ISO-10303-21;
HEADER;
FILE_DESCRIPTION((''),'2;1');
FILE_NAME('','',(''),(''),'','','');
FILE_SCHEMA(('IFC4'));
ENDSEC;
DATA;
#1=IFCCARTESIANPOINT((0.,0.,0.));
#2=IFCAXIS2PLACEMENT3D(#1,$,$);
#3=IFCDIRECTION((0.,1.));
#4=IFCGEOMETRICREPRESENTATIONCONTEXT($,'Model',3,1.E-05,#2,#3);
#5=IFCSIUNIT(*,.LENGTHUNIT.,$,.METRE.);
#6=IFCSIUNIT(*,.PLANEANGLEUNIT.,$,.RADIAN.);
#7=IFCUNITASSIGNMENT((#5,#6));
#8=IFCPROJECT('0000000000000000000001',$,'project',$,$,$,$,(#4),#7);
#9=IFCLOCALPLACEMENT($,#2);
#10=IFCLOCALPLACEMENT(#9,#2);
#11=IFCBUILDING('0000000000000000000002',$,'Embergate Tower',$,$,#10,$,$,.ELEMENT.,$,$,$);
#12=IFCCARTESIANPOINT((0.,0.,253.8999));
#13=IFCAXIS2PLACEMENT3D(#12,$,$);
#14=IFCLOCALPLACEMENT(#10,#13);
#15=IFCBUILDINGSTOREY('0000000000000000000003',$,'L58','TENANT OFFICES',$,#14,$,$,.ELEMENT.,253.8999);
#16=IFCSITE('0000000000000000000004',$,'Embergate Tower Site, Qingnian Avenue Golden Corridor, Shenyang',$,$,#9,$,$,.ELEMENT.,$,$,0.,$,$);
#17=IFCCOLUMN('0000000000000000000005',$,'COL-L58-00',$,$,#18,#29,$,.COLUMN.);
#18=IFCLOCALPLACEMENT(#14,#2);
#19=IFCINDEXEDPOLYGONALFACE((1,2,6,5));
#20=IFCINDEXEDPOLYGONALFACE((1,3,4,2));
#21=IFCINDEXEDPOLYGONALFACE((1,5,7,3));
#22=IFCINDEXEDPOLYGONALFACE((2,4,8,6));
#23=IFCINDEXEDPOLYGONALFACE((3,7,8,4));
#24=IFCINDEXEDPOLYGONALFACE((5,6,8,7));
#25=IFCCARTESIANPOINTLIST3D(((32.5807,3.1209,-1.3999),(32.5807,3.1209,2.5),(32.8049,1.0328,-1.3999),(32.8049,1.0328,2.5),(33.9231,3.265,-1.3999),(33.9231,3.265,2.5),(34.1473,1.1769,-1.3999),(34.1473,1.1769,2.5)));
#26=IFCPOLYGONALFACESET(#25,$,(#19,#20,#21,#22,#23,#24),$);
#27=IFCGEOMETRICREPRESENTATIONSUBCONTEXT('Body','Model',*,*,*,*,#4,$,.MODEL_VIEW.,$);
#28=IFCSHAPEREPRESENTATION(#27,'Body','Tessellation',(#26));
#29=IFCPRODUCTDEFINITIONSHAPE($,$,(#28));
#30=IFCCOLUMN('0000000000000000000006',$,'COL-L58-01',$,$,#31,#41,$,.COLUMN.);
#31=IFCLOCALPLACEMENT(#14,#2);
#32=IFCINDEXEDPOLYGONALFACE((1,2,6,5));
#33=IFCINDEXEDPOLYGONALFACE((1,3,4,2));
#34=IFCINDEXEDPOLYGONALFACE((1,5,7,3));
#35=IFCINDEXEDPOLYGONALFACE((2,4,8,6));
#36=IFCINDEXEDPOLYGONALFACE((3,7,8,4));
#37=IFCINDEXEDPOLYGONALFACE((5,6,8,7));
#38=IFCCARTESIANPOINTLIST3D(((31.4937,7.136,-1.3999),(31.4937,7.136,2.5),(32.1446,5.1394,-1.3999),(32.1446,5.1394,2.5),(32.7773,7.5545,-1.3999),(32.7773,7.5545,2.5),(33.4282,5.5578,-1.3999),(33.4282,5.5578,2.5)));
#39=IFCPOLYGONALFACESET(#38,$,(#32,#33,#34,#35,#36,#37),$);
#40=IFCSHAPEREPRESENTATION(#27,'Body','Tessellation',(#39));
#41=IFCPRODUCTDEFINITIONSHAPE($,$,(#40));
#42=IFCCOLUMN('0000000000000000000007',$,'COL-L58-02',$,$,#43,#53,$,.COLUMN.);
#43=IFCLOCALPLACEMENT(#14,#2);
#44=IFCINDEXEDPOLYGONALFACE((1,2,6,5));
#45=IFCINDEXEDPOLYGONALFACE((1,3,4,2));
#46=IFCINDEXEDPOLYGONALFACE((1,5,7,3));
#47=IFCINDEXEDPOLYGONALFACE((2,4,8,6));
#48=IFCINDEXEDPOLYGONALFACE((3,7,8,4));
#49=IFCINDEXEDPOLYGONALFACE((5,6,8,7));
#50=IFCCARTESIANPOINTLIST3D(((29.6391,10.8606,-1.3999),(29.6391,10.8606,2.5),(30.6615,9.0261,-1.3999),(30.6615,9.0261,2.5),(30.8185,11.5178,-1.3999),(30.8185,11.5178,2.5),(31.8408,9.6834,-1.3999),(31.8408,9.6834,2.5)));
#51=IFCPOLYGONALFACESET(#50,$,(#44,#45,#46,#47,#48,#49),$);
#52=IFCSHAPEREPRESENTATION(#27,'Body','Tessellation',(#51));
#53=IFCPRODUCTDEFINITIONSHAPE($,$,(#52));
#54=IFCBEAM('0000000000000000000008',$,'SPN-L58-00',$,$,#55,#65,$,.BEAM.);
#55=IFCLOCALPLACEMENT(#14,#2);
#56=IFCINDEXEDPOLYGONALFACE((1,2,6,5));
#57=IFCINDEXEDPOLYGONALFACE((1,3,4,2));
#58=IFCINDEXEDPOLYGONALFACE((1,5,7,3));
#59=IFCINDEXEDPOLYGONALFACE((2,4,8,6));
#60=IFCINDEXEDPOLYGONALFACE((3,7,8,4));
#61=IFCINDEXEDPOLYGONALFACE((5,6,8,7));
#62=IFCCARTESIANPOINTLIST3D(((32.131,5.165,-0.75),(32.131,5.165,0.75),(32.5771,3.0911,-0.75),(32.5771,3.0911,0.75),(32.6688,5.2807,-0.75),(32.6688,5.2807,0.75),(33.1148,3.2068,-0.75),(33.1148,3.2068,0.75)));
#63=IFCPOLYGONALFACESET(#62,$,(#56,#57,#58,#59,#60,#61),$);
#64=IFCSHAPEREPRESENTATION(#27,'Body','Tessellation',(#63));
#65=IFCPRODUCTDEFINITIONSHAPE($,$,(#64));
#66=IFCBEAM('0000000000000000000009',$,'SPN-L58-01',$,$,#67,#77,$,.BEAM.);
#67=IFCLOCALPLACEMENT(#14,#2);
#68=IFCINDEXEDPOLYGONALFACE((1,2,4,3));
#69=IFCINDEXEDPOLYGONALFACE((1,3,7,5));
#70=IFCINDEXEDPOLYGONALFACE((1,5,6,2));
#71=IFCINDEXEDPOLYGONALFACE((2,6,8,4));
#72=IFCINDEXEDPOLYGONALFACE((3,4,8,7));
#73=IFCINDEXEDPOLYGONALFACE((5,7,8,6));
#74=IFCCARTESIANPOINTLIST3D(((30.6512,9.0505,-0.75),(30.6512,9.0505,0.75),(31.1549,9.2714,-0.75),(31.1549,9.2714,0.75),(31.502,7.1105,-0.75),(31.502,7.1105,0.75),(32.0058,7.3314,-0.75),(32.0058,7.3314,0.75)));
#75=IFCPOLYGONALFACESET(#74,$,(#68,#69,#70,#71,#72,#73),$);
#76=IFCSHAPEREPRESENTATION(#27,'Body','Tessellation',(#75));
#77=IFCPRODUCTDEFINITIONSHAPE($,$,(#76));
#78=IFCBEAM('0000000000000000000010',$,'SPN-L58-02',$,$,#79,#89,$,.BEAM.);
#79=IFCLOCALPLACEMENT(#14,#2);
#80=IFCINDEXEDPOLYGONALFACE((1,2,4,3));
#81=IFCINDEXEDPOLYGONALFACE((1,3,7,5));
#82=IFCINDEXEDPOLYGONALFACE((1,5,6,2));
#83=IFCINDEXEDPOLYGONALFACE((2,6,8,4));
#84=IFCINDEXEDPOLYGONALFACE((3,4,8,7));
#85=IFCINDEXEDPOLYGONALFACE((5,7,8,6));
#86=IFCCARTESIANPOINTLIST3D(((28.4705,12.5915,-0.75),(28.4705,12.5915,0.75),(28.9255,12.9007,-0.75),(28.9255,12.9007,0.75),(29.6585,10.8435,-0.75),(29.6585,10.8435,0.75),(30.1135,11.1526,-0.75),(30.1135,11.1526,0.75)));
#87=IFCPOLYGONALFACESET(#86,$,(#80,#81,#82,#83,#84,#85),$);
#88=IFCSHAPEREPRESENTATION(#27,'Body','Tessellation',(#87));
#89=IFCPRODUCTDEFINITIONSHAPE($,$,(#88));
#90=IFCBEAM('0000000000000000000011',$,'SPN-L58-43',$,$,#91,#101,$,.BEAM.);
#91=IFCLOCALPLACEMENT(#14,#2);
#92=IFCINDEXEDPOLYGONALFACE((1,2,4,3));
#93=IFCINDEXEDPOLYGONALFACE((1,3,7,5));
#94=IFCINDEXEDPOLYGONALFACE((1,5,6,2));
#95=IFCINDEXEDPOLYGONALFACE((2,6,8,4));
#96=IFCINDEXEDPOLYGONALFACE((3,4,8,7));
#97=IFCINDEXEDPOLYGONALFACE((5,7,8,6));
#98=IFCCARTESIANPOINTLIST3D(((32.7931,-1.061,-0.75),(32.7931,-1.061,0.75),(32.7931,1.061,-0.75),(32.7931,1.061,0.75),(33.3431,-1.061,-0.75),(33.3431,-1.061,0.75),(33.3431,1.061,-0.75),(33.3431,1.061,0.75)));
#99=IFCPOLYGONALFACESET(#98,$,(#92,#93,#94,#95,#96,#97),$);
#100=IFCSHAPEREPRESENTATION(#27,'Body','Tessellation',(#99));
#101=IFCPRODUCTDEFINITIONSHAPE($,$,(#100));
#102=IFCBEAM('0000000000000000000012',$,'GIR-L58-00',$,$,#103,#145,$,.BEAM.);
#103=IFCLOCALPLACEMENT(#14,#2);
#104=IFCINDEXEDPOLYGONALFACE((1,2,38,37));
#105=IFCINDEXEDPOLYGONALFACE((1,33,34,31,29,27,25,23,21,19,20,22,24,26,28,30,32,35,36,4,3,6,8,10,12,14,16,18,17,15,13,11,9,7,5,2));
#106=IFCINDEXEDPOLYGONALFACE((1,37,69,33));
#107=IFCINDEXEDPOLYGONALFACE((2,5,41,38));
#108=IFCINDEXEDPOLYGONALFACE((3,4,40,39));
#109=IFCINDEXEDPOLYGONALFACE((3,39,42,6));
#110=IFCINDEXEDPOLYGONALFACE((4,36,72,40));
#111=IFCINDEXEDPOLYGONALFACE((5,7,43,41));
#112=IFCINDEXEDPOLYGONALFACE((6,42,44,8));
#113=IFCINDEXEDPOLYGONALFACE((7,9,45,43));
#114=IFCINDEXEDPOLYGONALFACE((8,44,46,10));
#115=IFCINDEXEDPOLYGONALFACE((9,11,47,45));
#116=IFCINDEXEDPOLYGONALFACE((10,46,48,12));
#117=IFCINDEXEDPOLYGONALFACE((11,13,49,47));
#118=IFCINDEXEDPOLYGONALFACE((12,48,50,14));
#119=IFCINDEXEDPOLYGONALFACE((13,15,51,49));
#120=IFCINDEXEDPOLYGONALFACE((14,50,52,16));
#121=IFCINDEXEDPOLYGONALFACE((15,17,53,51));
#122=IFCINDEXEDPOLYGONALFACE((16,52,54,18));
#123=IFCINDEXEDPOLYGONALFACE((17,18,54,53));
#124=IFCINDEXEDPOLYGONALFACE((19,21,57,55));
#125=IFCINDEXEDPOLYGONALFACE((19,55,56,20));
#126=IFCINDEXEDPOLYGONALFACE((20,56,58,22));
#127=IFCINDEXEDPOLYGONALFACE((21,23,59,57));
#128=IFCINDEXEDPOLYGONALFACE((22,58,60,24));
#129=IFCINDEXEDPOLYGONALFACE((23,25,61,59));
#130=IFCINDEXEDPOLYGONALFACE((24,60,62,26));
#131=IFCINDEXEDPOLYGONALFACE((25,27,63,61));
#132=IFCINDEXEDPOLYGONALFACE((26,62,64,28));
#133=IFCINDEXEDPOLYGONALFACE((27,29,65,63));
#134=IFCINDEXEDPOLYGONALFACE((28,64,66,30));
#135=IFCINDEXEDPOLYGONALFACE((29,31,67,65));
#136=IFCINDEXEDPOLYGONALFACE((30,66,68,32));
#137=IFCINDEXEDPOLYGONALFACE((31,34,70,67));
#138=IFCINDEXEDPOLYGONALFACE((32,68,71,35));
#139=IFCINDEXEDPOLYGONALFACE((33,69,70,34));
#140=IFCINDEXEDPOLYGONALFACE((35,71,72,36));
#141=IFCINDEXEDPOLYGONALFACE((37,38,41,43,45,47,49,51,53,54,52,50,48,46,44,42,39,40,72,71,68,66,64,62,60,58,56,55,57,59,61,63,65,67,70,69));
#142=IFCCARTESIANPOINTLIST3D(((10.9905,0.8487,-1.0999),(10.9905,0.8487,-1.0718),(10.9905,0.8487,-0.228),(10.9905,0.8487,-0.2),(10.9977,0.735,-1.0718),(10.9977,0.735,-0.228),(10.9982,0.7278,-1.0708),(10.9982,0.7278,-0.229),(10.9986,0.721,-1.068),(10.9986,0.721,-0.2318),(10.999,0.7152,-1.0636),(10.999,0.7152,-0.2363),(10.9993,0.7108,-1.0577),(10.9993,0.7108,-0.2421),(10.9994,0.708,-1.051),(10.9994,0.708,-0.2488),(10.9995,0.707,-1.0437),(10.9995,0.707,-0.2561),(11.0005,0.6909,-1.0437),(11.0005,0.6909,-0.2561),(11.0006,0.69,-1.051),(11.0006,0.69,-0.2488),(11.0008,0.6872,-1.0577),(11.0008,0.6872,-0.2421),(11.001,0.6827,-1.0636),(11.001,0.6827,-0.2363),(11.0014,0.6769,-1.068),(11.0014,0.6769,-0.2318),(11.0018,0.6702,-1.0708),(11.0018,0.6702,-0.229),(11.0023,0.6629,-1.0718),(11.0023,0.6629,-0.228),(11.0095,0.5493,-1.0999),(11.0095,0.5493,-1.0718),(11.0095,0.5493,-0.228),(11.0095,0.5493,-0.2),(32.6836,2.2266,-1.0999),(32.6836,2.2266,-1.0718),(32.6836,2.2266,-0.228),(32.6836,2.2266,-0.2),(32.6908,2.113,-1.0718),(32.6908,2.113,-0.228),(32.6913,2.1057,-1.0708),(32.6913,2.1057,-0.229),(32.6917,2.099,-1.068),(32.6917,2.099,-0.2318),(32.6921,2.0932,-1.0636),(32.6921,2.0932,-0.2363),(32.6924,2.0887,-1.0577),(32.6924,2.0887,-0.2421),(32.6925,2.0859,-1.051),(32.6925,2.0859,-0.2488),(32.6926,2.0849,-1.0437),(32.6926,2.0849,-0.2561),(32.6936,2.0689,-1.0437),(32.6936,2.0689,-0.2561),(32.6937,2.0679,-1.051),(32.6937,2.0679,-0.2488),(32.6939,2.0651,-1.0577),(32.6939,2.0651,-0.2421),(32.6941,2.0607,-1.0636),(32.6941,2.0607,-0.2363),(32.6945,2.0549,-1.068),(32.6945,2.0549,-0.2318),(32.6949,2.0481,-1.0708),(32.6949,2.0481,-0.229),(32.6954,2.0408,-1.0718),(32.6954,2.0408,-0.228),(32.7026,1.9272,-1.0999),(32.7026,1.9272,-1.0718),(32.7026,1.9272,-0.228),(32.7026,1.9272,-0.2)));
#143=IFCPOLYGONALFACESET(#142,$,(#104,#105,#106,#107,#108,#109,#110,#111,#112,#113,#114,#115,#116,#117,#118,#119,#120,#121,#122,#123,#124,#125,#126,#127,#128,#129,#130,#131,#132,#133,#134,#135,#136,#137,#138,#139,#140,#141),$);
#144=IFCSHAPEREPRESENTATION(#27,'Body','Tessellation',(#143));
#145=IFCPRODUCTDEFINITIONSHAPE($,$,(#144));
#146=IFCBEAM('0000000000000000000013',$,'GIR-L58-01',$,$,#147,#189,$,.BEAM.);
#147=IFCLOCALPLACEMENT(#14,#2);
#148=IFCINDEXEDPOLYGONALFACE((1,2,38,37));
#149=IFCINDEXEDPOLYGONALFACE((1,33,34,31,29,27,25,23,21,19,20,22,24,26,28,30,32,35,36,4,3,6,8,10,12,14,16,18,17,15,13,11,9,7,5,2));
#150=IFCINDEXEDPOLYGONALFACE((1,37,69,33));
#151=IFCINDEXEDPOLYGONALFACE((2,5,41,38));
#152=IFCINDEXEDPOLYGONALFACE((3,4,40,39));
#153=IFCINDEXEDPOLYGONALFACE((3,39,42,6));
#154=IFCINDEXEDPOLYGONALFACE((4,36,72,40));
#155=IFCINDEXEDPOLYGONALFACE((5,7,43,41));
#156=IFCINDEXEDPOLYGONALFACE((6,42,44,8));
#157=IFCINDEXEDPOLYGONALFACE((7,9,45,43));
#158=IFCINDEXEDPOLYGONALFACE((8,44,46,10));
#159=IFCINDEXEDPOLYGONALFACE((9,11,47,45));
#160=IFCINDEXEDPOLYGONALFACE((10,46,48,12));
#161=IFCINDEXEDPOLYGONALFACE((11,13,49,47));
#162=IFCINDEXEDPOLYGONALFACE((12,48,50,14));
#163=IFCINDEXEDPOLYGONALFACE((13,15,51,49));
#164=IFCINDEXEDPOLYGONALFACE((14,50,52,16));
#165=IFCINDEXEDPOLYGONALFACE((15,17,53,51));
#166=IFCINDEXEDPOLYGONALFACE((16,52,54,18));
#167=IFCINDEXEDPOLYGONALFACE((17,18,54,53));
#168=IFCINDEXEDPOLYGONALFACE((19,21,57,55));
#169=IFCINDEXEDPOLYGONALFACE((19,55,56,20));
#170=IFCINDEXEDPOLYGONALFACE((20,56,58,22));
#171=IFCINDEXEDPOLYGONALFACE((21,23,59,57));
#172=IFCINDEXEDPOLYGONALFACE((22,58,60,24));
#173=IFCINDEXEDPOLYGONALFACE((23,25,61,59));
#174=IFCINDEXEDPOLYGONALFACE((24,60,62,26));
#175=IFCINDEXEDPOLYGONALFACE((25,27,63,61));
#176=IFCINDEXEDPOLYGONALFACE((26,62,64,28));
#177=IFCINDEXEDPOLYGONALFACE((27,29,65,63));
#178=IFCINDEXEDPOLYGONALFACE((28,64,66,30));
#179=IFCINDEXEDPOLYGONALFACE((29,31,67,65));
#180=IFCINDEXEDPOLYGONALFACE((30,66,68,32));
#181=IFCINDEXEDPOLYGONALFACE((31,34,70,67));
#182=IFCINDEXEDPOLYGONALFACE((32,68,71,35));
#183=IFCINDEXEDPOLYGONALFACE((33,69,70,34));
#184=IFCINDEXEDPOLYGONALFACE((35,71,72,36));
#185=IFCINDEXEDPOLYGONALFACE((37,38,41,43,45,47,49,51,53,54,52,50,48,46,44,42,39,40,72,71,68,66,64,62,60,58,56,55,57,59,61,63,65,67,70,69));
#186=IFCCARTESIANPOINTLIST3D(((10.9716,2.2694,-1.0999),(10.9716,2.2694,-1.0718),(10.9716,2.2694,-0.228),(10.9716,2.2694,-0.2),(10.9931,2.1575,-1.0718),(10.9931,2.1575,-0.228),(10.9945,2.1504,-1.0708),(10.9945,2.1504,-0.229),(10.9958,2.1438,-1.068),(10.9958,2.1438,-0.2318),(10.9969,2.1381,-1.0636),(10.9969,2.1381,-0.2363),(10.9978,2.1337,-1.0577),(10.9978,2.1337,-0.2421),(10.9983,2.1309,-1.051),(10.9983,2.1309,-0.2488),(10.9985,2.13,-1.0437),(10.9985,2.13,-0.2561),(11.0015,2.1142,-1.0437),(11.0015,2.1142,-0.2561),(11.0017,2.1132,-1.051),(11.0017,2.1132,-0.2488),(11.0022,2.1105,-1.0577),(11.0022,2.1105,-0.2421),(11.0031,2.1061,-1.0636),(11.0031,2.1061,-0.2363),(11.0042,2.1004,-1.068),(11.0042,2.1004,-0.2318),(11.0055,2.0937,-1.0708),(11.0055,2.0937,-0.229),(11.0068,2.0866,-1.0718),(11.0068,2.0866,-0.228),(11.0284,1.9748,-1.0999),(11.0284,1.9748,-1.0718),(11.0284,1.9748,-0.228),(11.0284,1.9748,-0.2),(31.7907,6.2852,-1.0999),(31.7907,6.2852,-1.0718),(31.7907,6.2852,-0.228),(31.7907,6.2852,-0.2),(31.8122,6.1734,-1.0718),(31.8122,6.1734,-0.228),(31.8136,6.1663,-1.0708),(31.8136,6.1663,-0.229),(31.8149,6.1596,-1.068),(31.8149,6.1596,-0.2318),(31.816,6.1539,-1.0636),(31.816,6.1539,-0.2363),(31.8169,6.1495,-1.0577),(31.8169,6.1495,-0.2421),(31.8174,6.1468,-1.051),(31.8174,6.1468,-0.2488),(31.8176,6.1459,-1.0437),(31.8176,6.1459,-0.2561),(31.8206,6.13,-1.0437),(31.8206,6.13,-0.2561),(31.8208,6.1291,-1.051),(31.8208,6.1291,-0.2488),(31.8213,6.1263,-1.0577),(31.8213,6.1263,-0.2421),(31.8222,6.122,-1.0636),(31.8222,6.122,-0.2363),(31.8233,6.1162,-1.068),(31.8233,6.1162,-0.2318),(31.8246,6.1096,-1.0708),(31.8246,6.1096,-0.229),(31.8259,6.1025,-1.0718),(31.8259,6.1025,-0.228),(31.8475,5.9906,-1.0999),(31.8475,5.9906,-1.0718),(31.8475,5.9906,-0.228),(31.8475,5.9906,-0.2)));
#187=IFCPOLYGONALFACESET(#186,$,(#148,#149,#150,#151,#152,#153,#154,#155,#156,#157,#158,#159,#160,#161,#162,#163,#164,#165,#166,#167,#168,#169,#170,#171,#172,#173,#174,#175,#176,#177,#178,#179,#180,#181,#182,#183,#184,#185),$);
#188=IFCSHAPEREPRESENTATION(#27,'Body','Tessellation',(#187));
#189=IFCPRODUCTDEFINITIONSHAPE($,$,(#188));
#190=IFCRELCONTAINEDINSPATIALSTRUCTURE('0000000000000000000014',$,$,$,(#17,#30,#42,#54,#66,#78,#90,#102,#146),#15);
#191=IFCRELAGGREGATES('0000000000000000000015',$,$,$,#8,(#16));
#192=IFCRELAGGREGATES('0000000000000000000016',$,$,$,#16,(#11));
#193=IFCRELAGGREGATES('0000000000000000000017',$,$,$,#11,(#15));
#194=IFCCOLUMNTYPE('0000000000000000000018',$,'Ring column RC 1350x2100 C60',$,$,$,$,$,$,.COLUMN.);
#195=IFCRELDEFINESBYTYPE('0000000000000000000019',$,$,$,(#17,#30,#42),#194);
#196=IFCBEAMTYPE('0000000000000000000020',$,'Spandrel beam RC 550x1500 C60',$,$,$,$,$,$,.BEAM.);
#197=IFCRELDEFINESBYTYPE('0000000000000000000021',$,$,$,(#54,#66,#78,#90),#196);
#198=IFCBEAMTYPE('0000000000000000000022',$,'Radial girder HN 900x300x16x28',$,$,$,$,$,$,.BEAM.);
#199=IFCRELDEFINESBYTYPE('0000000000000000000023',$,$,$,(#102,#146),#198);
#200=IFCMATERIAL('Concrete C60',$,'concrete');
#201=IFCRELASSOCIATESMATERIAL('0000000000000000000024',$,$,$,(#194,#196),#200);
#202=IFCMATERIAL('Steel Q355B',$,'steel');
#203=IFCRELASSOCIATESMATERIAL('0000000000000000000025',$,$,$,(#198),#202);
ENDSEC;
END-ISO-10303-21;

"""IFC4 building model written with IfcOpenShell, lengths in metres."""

from ifc_helpers import new_model, si_unit, direction, frame, origin, origin_2d, place, context, subcontext, project, spatial, rectangle, i_section, extrude, source, transform, mapped, material, material_profile, profile_set, type_object, element, save


model = new_model("IFC4")

# Units and contexts
model_context = context("Model", 3, precision=1e-05, world=origin(), true_north=direction((0.0, 1.0)))
body_context = subcontext(model_context, "Body", "Model", "MODEL_VIEW")
ifc_project = project(units=[si_unit("LENGTHUNIT", "METRE"), si_unit("PLANEANGLEUNIT", "RADIAN")], contexts=[model_context])

# Site, building, storey
site_placement = place(None, origin())
site = spatial("IfcSite", under=ifc_project, at=site_placement, Name="Embergate Tower Site, Qingnian Avenue Golden Corridor, Shenyang", CompositionType="ELEMENT", RefElevation=0.0)
building_placement = place(site_placement, origin())
building = spatial("IfcBuilding", under=site, at=building_placement, Name="Embergate Tower", CompositionType="ELEMENT")
storey_placement = place(building_placement, frame((0.0, 0.0, 253.8999)))
storey = spatial("IfcBuildingStorey", under=building, at=storey_placement, Name="L58", Description="TENANT OFFICES", CompositionType="ELEMENT", Elevation=253.8999)

# Columns
ifc_material_1 = material(Name="Concrete C60", Category="concrete")
ifc_material_profile_1 = material_profile(ifc_material_1, rectangle(XDim=1.3501, YDim=2.1001, at=origin_2d()), Name="RC 1350x2100")
ifc_profile_set_1 = profile_set([ifc_material_profile_1], Name="Concrete C60")
column_type = type_object("IfcColumnType", Name="Ring column RC 1350x2100 C60", PredefinedType="COLUMN", material=ifc_profile_set_1)
shared_shape_1 = source(origin(), body_context, "Body", "SweptSolid", [
    extrude(rectangle(XDim=1.3501, YDim=2.1001, at=origin_2d()), origin(), (0.0, 0.0, 1.0), 3.8999),
])
for number, where, z_axis, x_axis, name in (
    (1, (33.364, 2.1489, -1.3999), (0.0, 0.0, 1.0), (0.994286, 0.10675, 0.0), "COL-L58-00"),
    (2, (32.4609, 6.3469, -1.3999), (0.0, 0.0, 1.0), (0.950754, 0.309946, 0.0), "COL-L58-01"),
    (3, (30.74, 10.272, -1.3999), (0.0, 0.0, 1.0), (0.8735, 0.486823, 0.0), "COL-L58-02"),
):
    element("IfcColumn", number, at=place(storey_placement, frame(where, z_axis=z_axis, x_axis=x_axis)), inside=storey, type_object=column_type, Name=name, PredefinedType="COLUMN", context=body_context, shape_type="MappedRepresentation", body=[
        mapped(shared_shape_1, transform((0.0, 0.0, 0.0))),
    ])

# Beams
ifc_material_profile_2 = material_profile(ifc_material_1, rectangle(XDim=0.55, YDim=1.5, at=origin_2d()), Name="RC 550x1500")
ifc_profile_set_2 = profile_set([ifc_material_profile_2], Name="Concrete C60")
beam_type_1 = type_object("IfcBeamType", Name="Spandrel beam RC 550x1500 C60", PredefinedType="BEAM", material=ifc_profile_set_2)
shared_shape_2 = source(origin(), body_context, "Body", "SweptSolid", [
    extrude(rectangle(XDim=0.55, YDim=1.5, at=origin_2d()), origin(), (0.0, 0.0, 1.0), 2.1213),
])
beam_1_placement = place(storey_placement, frame((32.8459, 3.1489, 0.0), z_axis=(-0.21026, 0.977646, 0.0), x_axis=(-0.977646, -0.21026, 0.0)))
element("IfcBeam", 4, at=beam_1_placement, inside=storey, type_object=beam_type_1, Name="SPN-L58-00", PredefinedType="BEAM", context=body_context, shape_type="MappedRepresentation", body=[
    mapped(shared_shape_2, transform((0.0, 0.0, 0.0))),
])
shared_shape_3 = source(origin(), body_context, "Body", "SweptSolid", [
    extrude(rectangle(XDim=0.55, YDim=1.5, at=origin_2d()), origin(), (0.0, 0.0, 1.0), 2.1184),
])
beam_2_placement = place(storey_placement, frame((31.7539, 7.2209, 0.0), z_axis=(-0.401653, 0.915792, 0.0), x_axis=(-0.915792, -0.401653, 0.0)))
element("IfcBeam", 5, at=beam_2_placement, inside=storey, type_object=beam_type_1, Name="SPN-L58-01", PredefinedType="BEAM", context=body_context, shape_type="MappedRepresentation", body=[
    mapped(shared_shape_3, transform((0.0, 0.0, 0.0))),
])
shared_shape_4 = source(origin(), body_context, "Body", "SweptSolid", [
    extrude(rectangle(XDim=0.55, YDim=1.5, at=origin_2d()), origin(), (0.0, 0.0, 1.0), 2.1135),
])
beam_3_placement = place(storey_placement, frame((29.886, 10.998, 0.0), z_axis=(-0.562089, 0.827077, 0.0), x_axis=(-0.827077, -0.562089, 0.0)))
element("IfcBeam", 6, at=beam_3_placement, inside=storey, type_object=beam_type_1, Name="SPN-L58-02", PredefinedType="BEAM", context=body_context, shape_type="MappedRepresentation", body=[
    mapped(shared_shape_4, transform((0.0, 0.0, 0.0))),
])
shared_shape_5 = source(origin(), body_context, "Body", "SweptSolid", [
    extrude(rectangle(XDim=0.55, YDim=1.5, at=origin_2d()), origin(), (0.0, 0.0, 1.0), 2.1221),
])
beam_4_placement = place(storey_placement, frame((33.0681, -1.061, 0.0), z_axis=(0.0, 1.0, 0.0), x_axis=(-1.0, 0.0, 0.0)))
element("IfcBeam", 7, at=beam_4_placement, inside=storey, type_object=beam_type_1, Name="SPN-L58-43", PredefinedType="BEAM", context=body_context, shape_type="MappedRepresentation", body=[
    mapped(shared_shape_5, transform((0.0, 0.0, 0.0))),
])
ifc_material_2 = material(Name="Steel Q355B", Category="steel")
ifc_material_profile_3 = material_profile(ifc_material_2, i_section(OverallWidth=0.3, OverallDepth=0.8999, WebThickness=0.0161, FlangeThickness=0.0281, FilletRadius=0.0281, at=origin_2d()), Name="HN 900x300x16x28")
ifc_profile_set_3 = profile_set([ifc_material_profile_3], Name="Steel Q355 grade B")
beam_type_2 = type_object("IfcBeamType", Name="Radial girder HN 900x300x16x28", PredefinedType="BEAM", material=ifc_profile_set_3)
shared_shape_6 = source(origin(), body_context, "Body", "SweptSolid", [
    extrude(i_section(OverallWidth=0.3, OverallDepth=0.8999, WebThickness=0.0161, FlangeThickness=0.0281, FilletRadius=0.0281, at=origin_2d()), origin(), (0.0, 0.0, 1.0), 21.7368),
])
beam_5_placement = place(storey_placement, frame((32.6931, 2.0769, -0.6499), z_axis=(-0.997989, -0.063391, 0.0), x_axis=(0.063391, -0.997989, 0.0)))
element("IfcBeam", 8, at=beam_5_placement, inside=storey, type_object=beam_type_2, Name="GIR-L58-00", PredefinedType="BEAM", context=body_context, shape_type="MappedRepresentation", body=[
    mapped(shared_shape_6, transform((0.0, 0.0, 0.0))),
])
shared_shape_7 = source(origin(), body_context, "Body", "SweptSolid", [
    extrude(i_section(OverallWidth=0.3, OverallDepth=0.8999, WebThickness=0.0161, FlangeThickness=0.0281, FilletRadius=0.0281, at=origin_2d()), origin(), (0.0, 0.0, 1.0), 21.2029),
])
beam_6_placement = place(storey_placement, frame((31.8191, 6.1379, -0.6499), z_axis=(-0.9819, -0.189402, 0.0), x_axis=(0.189402, -0.9819, 0.0)))
element("IfcBeam", 9, at=beam_6_placement, inside=storey, type_object=beam_type_2, Name="GIR-L58-01", PredefinedType="BEAM", context=body_context, shape_type="MappedRepresentation", body=[
    mapped(shared_shape_7, transform((0.0, 0.0, 0.0))),
])

save(model, "model.ifc")
